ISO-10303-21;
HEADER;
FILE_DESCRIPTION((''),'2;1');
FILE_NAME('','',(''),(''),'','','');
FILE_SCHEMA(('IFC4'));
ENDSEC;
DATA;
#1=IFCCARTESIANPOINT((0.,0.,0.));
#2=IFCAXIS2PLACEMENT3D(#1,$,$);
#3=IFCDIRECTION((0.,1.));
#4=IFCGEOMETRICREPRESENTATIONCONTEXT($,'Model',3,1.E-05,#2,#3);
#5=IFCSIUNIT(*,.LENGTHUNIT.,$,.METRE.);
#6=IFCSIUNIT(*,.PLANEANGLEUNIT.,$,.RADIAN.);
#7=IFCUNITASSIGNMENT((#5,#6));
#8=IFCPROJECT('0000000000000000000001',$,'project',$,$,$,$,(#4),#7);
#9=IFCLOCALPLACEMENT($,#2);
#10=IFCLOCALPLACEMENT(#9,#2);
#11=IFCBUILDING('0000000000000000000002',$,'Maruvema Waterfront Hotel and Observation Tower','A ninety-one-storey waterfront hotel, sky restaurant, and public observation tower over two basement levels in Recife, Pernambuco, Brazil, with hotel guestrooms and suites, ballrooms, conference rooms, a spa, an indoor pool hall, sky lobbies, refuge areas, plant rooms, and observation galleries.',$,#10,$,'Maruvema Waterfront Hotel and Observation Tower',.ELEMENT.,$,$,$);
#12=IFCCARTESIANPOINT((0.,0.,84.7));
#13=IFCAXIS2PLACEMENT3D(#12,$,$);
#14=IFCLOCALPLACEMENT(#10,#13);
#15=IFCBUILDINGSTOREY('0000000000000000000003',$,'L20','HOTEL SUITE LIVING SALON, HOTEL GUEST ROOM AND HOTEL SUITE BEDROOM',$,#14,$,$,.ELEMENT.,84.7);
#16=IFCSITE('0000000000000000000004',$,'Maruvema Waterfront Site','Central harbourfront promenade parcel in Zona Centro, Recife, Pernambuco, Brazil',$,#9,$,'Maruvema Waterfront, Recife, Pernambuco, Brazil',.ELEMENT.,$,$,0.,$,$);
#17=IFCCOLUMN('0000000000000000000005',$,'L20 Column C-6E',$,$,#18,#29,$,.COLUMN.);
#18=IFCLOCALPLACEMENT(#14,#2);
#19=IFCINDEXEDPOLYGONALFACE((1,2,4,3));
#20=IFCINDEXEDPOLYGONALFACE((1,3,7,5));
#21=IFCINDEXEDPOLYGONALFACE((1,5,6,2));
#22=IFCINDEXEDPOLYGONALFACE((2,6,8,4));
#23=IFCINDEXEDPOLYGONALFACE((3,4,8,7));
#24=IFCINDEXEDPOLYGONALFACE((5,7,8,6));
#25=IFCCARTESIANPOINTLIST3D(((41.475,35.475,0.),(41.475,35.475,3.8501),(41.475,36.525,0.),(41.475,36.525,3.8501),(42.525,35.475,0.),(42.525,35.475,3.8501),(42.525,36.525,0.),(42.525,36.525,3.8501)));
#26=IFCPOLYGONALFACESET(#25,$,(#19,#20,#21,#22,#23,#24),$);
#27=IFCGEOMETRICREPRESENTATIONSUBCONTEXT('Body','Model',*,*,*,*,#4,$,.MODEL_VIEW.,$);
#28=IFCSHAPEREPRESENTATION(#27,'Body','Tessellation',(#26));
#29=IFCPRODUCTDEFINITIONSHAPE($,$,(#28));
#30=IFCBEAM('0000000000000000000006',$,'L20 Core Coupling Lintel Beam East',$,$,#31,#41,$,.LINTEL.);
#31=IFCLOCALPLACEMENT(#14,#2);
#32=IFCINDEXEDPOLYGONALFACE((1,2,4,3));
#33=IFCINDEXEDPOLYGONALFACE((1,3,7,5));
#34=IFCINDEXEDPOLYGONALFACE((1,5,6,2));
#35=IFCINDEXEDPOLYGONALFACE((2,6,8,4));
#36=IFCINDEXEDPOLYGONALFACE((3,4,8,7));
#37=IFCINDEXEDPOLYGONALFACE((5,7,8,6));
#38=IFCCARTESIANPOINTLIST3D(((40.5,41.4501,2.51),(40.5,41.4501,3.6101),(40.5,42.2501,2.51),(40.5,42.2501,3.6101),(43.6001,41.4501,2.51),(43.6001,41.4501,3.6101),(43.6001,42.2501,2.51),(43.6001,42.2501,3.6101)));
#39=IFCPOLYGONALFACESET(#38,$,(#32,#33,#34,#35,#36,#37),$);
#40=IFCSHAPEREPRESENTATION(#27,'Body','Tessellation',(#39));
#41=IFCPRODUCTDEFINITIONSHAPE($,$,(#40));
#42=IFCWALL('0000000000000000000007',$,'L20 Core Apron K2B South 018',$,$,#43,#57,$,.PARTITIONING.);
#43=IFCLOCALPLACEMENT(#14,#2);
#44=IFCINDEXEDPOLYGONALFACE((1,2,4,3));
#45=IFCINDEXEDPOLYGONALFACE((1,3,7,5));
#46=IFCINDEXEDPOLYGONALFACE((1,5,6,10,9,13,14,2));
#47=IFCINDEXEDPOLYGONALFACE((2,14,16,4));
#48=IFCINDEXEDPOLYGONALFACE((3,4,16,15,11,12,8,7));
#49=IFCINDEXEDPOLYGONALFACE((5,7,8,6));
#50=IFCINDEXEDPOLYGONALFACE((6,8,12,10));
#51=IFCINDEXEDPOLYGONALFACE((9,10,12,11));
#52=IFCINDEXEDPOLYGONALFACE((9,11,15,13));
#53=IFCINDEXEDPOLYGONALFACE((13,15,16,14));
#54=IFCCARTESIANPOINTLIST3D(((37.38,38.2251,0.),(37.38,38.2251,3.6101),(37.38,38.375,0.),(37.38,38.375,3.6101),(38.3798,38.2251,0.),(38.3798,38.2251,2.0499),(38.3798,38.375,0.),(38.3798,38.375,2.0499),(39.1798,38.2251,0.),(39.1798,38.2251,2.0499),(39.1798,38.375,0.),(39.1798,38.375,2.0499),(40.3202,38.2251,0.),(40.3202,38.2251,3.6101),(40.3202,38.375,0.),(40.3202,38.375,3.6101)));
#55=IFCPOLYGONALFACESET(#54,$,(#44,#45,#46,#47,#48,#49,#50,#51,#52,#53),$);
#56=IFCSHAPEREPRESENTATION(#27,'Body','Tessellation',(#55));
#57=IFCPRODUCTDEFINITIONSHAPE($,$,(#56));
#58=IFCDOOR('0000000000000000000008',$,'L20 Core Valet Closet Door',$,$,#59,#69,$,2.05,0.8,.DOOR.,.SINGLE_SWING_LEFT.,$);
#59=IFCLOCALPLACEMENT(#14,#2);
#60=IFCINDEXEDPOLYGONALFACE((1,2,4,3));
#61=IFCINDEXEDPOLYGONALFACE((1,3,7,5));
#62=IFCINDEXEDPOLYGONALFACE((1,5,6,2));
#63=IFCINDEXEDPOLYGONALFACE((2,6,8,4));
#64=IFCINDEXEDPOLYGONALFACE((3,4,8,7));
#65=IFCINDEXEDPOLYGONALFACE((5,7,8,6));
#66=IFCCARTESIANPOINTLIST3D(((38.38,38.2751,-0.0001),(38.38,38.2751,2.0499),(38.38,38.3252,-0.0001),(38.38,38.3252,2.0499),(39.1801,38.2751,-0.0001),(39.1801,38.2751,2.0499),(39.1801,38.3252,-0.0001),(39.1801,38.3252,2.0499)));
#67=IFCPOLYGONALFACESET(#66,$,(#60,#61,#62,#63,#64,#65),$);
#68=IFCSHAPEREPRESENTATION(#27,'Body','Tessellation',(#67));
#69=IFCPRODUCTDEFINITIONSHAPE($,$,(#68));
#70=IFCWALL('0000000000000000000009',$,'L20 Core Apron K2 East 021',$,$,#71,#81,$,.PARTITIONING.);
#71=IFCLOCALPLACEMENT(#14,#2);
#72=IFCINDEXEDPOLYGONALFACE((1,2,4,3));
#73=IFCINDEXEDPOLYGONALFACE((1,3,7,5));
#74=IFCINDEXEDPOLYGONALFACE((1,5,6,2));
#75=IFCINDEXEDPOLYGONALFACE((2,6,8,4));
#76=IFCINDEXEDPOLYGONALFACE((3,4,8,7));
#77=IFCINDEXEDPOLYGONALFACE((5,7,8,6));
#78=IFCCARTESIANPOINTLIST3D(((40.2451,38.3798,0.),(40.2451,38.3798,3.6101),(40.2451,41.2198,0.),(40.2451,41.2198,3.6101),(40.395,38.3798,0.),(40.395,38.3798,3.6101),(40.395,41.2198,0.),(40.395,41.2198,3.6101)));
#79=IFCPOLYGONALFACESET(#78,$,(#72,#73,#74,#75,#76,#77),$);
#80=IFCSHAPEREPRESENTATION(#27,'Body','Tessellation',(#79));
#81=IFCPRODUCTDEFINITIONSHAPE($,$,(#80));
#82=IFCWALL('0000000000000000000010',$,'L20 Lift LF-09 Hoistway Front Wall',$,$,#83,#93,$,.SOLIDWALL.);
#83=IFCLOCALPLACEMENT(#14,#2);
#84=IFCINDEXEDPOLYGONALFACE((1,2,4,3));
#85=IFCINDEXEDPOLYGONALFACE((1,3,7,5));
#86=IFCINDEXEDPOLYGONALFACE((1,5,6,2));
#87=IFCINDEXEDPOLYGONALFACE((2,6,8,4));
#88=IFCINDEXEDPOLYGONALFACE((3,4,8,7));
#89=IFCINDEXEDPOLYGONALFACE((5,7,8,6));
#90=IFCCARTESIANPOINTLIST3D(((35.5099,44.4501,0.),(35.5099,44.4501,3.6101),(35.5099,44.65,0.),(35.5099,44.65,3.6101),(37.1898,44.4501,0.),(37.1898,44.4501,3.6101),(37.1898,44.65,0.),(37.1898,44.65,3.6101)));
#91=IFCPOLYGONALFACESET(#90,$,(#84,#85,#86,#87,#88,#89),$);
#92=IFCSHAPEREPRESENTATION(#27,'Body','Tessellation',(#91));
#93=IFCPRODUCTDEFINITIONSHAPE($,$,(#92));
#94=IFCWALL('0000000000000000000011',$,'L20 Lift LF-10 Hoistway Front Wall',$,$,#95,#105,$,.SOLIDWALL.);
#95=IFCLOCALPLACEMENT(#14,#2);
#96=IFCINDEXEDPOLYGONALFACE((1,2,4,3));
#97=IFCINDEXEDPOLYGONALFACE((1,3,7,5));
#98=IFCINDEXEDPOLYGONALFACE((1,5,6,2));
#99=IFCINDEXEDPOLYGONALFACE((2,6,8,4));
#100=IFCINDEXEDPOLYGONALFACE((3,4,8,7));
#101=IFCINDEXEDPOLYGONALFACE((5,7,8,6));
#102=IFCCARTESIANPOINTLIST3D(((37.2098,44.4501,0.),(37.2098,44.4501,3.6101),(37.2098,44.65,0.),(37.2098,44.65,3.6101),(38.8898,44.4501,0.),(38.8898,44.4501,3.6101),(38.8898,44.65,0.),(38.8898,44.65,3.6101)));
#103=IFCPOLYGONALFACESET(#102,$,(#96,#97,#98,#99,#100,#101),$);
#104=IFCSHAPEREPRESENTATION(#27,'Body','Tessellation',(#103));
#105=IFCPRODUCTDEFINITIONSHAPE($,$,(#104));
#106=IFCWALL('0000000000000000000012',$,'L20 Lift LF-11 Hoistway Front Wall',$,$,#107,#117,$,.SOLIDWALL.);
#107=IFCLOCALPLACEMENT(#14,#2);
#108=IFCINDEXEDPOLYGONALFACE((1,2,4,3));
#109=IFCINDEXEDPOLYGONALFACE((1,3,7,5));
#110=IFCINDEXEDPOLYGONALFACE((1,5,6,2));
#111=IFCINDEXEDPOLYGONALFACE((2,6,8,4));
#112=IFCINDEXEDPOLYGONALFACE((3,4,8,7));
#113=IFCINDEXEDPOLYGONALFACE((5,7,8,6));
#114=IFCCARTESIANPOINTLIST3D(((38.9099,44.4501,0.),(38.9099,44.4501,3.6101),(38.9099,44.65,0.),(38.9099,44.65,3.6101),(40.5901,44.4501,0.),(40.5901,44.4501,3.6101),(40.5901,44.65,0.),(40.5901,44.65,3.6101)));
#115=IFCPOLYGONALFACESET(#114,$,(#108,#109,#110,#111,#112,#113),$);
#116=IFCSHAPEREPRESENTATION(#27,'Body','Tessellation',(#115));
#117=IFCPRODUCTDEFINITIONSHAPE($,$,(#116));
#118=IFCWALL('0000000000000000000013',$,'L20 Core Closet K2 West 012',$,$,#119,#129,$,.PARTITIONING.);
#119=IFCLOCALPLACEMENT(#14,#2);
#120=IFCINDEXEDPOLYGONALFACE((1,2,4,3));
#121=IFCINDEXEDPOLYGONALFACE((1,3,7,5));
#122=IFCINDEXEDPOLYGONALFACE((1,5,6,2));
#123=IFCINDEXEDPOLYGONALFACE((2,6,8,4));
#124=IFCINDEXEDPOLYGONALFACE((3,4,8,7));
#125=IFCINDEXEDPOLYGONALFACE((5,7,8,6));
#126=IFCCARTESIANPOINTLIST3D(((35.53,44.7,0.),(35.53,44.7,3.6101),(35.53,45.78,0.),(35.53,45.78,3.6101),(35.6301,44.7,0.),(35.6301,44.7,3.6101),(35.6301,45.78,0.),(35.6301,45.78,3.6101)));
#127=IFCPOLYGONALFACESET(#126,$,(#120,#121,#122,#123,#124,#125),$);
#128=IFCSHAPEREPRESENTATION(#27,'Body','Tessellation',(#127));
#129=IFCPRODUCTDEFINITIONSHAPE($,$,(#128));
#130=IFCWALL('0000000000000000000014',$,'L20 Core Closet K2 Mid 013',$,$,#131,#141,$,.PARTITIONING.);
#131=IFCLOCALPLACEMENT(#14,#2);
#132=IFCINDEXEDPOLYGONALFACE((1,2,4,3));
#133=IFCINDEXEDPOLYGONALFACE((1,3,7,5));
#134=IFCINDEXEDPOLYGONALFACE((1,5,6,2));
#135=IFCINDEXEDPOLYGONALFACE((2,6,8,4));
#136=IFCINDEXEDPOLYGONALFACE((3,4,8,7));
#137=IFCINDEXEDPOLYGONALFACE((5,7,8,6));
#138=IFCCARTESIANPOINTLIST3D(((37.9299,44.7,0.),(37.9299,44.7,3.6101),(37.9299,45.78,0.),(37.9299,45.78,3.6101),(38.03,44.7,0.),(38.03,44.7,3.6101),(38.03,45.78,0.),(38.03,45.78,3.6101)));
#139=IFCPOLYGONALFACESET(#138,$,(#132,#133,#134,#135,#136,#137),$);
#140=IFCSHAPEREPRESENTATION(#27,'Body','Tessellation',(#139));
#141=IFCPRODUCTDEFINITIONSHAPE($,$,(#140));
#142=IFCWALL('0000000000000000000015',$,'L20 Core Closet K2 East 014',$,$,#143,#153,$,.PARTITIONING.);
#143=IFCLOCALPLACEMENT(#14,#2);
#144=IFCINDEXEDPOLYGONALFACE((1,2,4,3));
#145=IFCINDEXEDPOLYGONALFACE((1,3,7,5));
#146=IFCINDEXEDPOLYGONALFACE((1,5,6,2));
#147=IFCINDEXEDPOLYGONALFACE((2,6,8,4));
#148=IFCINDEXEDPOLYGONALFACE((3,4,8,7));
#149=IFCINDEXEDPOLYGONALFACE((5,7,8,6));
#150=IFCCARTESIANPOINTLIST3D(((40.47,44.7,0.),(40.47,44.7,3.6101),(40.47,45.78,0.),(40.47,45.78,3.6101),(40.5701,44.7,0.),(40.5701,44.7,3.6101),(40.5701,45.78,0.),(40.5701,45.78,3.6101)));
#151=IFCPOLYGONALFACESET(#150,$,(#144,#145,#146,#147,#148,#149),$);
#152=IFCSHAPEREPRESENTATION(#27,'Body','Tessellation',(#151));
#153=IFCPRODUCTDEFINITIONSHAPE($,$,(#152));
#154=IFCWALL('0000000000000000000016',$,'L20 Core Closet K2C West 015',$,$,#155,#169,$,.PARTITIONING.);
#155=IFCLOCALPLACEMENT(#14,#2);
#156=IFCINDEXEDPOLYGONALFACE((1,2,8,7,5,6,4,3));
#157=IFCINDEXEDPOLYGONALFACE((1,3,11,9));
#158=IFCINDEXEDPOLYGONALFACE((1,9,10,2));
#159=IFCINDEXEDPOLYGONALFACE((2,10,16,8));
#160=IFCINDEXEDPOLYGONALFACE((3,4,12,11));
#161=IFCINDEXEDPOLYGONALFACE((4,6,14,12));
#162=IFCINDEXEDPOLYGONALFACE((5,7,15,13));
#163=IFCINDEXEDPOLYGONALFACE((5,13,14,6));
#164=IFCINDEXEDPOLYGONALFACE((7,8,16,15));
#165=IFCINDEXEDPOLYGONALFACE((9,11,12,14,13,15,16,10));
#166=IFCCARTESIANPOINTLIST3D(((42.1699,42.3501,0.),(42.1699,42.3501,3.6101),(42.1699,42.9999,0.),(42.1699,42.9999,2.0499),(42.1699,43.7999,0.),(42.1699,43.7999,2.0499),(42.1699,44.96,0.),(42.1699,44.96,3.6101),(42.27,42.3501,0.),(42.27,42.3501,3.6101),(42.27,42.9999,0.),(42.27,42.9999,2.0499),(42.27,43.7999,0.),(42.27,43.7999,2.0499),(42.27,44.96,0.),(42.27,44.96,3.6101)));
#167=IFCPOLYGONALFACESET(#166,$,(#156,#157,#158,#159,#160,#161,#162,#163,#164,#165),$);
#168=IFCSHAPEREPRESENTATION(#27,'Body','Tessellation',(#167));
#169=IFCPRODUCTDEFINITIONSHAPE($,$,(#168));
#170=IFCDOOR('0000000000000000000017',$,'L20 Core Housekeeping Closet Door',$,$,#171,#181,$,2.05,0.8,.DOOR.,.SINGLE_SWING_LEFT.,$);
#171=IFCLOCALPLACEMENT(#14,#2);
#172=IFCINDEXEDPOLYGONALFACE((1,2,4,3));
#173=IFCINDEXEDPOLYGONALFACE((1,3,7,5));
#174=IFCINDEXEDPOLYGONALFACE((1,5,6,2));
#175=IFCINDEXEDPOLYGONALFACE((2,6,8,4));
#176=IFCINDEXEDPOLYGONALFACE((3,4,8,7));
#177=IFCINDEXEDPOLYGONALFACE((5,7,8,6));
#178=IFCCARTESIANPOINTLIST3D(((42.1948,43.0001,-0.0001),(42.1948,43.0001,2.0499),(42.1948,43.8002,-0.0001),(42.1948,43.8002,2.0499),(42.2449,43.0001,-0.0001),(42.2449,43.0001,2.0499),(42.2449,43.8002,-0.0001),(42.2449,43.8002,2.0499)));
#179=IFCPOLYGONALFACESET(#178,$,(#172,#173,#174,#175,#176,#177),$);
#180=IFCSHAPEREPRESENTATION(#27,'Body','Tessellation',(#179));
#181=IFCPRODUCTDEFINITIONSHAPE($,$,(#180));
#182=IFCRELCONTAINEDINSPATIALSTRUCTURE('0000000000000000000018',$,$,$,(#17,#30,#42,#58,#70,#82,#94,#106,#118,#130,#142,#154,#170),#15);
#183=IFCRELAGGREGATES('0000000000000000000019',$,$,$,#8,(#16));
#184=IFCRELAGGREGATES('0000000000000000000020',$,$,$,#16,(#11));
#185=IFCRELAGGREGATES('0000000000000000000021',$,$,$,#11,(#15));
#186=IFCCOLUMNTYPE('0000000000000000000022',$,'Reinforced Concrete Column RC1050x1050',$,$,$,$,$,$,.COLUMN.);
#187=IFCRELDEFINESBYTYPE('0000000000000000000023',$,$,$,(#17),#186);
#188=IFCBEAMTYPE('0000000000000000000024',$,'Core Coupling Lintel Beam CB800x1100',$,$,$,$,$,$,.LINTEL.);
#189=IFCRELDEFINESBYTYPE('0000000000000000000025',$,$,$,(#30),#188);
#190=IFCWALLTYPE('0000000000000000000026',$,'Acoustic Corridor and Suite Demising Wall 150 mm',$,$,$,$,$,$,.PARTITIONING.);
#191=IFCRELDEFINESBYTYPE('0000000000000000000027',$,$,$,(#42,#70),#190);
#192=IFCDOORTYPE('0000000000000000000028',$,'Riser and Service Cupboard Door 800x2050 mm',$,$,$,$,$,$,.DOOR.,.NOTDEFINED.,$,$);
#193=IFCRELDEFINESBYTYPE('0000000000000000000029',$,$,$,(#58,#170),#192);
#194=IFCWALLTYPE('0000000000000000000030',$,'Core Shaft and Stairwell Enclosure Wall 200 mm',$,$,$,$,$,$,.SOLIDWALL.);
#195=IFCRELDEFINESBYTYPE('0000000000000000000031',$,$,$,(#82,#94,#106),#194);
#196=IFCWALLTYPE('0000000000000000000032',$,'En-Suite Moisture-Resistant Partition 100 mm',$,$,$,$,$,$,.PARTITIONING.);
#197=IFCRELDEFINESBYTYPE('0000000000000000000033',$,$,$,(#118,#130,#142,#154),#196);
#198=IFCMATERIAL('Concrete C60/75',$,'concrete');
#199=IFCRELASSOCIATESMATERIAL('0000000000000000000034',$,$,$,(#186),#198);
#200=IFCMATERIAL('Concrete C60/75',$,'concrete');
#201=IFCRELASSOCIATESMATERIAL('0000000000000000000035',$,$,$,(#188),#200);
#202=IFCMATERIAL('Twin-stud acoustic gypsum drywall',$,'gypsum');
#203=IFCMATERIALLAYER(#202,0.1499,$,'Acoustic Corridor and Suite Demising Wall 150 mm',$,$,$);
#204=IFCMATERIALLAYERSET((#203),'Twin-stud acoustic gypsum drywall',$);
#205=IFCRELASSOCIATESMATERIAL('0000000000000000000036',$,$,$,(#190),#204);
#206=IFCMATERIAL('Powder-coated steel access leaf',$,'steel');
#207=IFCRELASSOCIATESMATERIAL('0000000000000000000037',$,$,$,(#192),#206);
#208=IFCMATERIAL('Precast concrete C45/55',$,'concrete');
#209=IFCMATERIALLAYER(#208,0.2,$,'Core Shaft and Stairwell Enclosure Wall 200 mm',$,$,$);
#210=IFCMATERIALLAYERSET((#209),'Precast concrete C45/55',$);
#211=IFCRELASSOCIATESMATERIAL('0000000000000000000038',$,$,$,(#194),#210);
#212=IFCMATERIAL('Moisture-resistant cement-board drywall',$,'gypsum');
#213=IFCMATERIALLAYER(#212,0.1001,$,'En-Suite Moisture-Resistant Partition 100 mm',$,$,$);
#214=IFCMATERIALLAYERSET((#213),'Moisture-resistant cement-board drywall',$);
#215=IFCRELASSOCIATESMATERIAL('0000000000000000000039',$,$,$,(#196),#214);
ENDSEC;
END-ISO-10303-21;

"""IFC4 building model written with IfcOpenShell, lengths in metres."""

from ifc_helpers import new_model, si_unit, direction, frame, frame_2d, origin, origin_2d, place, context, subcontext, project, spatial, rectangle, extrude, material, layer, layer_set, material_profile, profile_set, type_object, element, fill, save


model = new_model("IFC4")

# Units and contexts
model_context = context("Model", 3, precision=1e-05, world=origin(), true_north=direction((0.0, 1.0)))
body_context = subcontext(model_context, "Body", "Model", "MODEL_VIEW")
ifc_project = project(units=[si_unit("LENGTHUNIT", "METRE"), si_unit("PLANEANGLEUNIT", "RADIAN")], contexts=[model_context])

# Site, building, storey
site_placement = place(None, origin())
site = spatial("IfcSite", under=ifc_project, at=site_placement, Name="Maruvema Waterfront Site", Description="Central harbourfront promenade parcel in Zona Centro, Recife, Pernambuco, Brazil", LongName="Maruvema Waterfront, Recife, Pernambuco, Brazil", CompositionType="ELEMENT", RefElevation=0.0)
building_placement = place(site_placement, origin())
building = spatial("IfcBuilding", under=site, at=building_placement, Name="Maruvema Waterfront Hotel and Observation Tower", Description="A ninety-one-storey waterfront hotel, sky restaurant, and public observation tower over two basement levels in Recife, Pernambuco, Brazil, with hotel guestrooms and suites, ballrooms, conference rooms, a spa, an indoor pool hall, sky lobbies, refuge areas, plant rooms, and observation galleries.", LongName="Maruvema Waterfront Hotel and Observation Tower", CompositionType="ELEMENT")
storey_placement = place(building_placement, frame((0.0, 0.0, 84.7)))
storey = spatial("IfcBuildingStorey", under=building, at=storey_placement, Name="L20", Description="HOTEL SUITE LIVING SALON, HOTEL GUEST ROOM AND HOTEL SUITE BEDROOM", CompositionType="ELEMENT", Elevation=84.7)

# Column
ifc_material_1 = material(Name="Concrete C60/75", Category="concrete")
ifc_material_profile_1 = material_profile(ifc_material_1, rectangle(XDim=1.05, YDim=1.05, at=origin_2d()), Name="RC1050x1050")
ifc_profile_set_1 = profile_set([ifc_material_profile_1], Name="Concrete C60/75")
column_type = type_object("IfcColumnType", Name="Reinforced Concrete Column RC1050x1050", PredefinedType="COLUMN", material=ifc_profile_set_1)
column_placement = place(storey_placement, frame((42.0, 36.0, 0.0), z_axis=(0.0, 0.0, 1.0), x_axis=(1.0, 0.0, 0.0)))
element("IfcColumn", 1, at=column_placement, inside=storey, type_object=column_type, Name="L20 Column C-6E", PredefinedType="COLUMN", context=body_context, shape_type="SweptSolid", body=[
    extrude(rectangle(XDim=1.05, YDim=1.05, at=origin_2d()), origin(), (0.0, 0.0, 1.0), 3.8501),
])

# Beam
ifc_material_2 = material(Name="Concrete C60/75", Category="concrete")
ifc_material_profile_2 = material_profile(ifc_material_2, rectangle(XDim=0.8, YDim=1.1001, at=origin_2d()), Name="CB800x1100")
ifc_profile_set_2 = profile_set([ifc_material_profile_2], Name="Concrete C60/75")
beam_type = type_object("IfcBeamType", Name="Core Coupling Lintel Beam CB800x1100", PredefinedType="LINTEL", material=ifc_profile_set_2)
beam_placement = place(storey_placement, frame((40.5, 41.8501, 3.0601), z_axis=(1.0, 0.0, 0.0), x_axis=(0.0, 1.0, 0.0)))
element("IfcBeam", 2, at=beam_placement, inside=storey, type_object=beam_type, Name="L20 Core Coupling Lintel Beam East", PredefinedType="LINTEL", context=body_context, shape_type="SweptSolid", body=[
    extrude(rectangle(XDim=0.8, YDim=1.1001, at=origin_2d()), origin(), (0.0, 0.0, 1.0), 3.1001),
])

# Wall, opening, door
ifc_material_3 = material(Name="Twin-stud acoustic gypsum drywall", Category="gypsum")
ifc_layer_1 = layer(ifc_material_3, 0.1499, Name="Acoustic Corridor and Suite Demising Wall 150 mm")
ifc_layer_set_1 = layer_set([ifc_layer_1], Name="Twin-stud acoustic gypsum drywall")
wall_type_1 = type_object("IfcWallType", Name="Acoustic Corridor and Suite Demising Wall 150 mm", PredefinedType="PARTITIONING", material=ifc_layer_set_1)
wall_1_placement = place(storey_placement, frame((37.3799, 38.3, 0.0), z_axis=(0.0, 0.0, 1.0), x_axis=(1.0, 0.0, 0.0)))
wall_1 = element("IfcWall", 3, at=wall_1_placement, inside=storey, type_object=wall_type_1, Name="L20 Core Apron K2B South 018", PredefinedType="PARTITIONING", context=body_context, shape_type="SweptSolid", body=[
    extrude(rectangle(XDim=2.9402, YDim=0.1499, at=frame_2d((1.4702, 0.0))), origin(), (0.0, 0.0, 1.0), 3.6101),
])
opening_1_placement = place(wall_1_placement, frame((1.0, 0.0, 0.0)))
opening_1 = element("IfcOpeningElement", 4, at=opening_1_placement, cuts=wall_1, PredefinedType="OPENING", context=body_context, shape_type="SweptSolid", body=[
    extrude(rectangle(XDim=0.8, YDim=2.05, at=frame_2d((0.3999, 1.0249))), frame((0.0, 0.085, 0.0), z_axis=(0.0, -1.0, 0.0), x_axis=(1.0, 0.0, 0.0)), (0.0, 0.0, 1.0), 0.1699),
])
ifc_material_4 = material(Name="Powder-coated steel access leaf", Category="steel")
door_type = type_object("IfcDoorType", Name="Riser and Service Cupboard Door 800x2050 mm", OperationType="NOTDEFINED", PredefinedType="DOOR", material=ifc_material_4)
door_1_placement = place(opening_1_placement, frame((0.8, 0.0, 0.0), z_axis=(0.0, 0.0, 1.0), x_axis=(-1.0, 0.0, 0.0)))
door_1 = element("IfcDoor", 5, at=door_1_placement, inside=storey, type_object=door_type, Name="L20 Core Valet Closet Door", OperationType="SINGLE_SWING_LEFT", OverallHeight=2.05, OverallWidth=0.8, PredefinedType="DOOR", context=body_context, shape_type="SweptSolid", body=[
    extrude(rectangle(XDim=0.8, YDim=2.05, at=frame_2d((0.3999, 1.0249))), frame((0.0, 0.0249, 0.0), z_axis=(0.0, -1.0, 0.0), x_axis=(1.0, 0.0, 0.0)), (0.0, 0.0, 1.0), 0.05),
])
fill(opening_1, door_1)

# Walls
wall_2_placement = place(storey_placement, frame((40.3201, 38.3799, 0.0), z_axis=(0.0, 0.0, 1.0), x_axis=(0.0, 1.0, 0.0)))
element("IfcWall", 6, at=wall_2_placement, inside=storey, type_object=wall_type_1, Name="L20 Core Apron K2 East 021", PredefinedType="PARTITIONING", context=body_context, shape_type="SweptSolid", body=[
    extrude(rectangle(XDim=2.8401, YDim=0.1499, at=frame_2d((1.4199, 0.0))), origin(), (0.0, 0.0, 1.0), 3.6101),
])
ifc_material_5 = material(Name="Precast concrete C45/55", Category="concrete")
ifc_layer_2 = layer(ifc_material_5, 0.2, Name="Core Shaft and Stairwell Enclosure Wall 200 mm")
ifc_layer_set_2 = layer_set([ifc_layer_2], Name="Precast concrete C45/55")
wall_type_2 = type_object("IfcWallType", Name="Core Shaft and Stairwell Enclosure Wall 200 mm", PredefinedType="SOLIDWALL", material=ifc_layer_set_2)
for number, where, z_axis, x_axis, name in (
    (7, (35.51, 44.55, 0.0), (0.0, 0.0, 1.0), (1.0, 0.0, 0.0), "L20 Lift LF-09 Hoistway Front Wall"),
    (8, (37.21, 44.55, 0.0), (0.0, 0.0, 1.0), (1.0, 0.0, 0.0), "L20 Lift LF-10 Hoistway Front Wall"),
):
    element("IfcWall", number, at=place(storey_placement, frame(where, z_axis=z_axis, x_axis=x_axis)), inside=storey, type_object=wall_type_2, Name=name, PredefinedType="SOLIDWALL", context=body_context, shape_type="SweptSolid", body=[
        extrude(rectangle(XDim=1.6799, YDim=0.2, at=frame_2d((0.8398, 0.0))), origin(), (0.0, 0.0, 1.0), 3.6101),
    ])
wall_3_placement = place(storey_placement, frame((38.9099, 44.55, 0.0), z_axis=(0.0, 0.0, 1.0), x_axis=(1.0, 0.0, 0.0)))
element("IfcWall", 9, at=wall_3_placement, inside=storey, type_object=wall_type_2, Name="L20 Lift LF-11 Hoistway Front Wall", PredefinedType="SOLIDWALL", context=body_context, shape_type="SweptSolid", body=[
    extrude(rectangle(XDim=1.6802, YDim=0.2, at=frame_2d((0.8401, 0.0))), origin(), (0.0, 0.0, 1.0), 3.6101),
])
ifc_material_6 = material(Name="Moisture-resistant cement-board drywall", Category="gypsum")
ifc_layer_3 = layer(ifc_material_6, 0.1001, Name="En-Suite Moisture-Resistant Partition 100 mm")
ifc_layer_set_3 = layer_set([ifc_layer_3], Name="Moisture-resistant cement-board drywall")
wall_type_3 = type_object("IfcWallType", Name="En-Suite Moisture-Resistant Partition 100 mm", PredefinedType="PARTITIONING", material=ifc_layer_set_3)
for number, where, z_axis, x_axis, name in (
    (10, (35.5801, 44.7, 0.0), (0.0, 0.0, 1.0), (0.0, 1.0, 0.0), "L20 Core Closet K2 West 012"),
    (11, (37.98, 44.7, 0.0), (0.0, 0.0, 1.0), (0.0, 1.0, 0.0), "L20 Core Closet K2 Mid 013"),
    (12, (40.52, 44.7, 0.0), (0.0, 0.0, 1.0), (0.0, 1.0, 0.0), "L20 Core Closet K2 East 014"),
):
    element("IfcWall", number, at=place(storey_placement, frame(where, z_axis=z_axis, x_axis=x_axis)), inside=storey, type_object=wall_type_3, Name=name, PredefinedType="PARTITIONING", context=body_context, shape_type="SweptSolid", body=[
        extrude(rectangle(XDim=1.0801, YDim=0.1001, at=frame_2d((0.54, 0.0))), origin(), (0.0, 0.0, 1.0), 3.6101),
    ])

# Wall, opening, door
wall_4_placement = place(storey_placement, frame((42.22, 42.3501, 0.0), z_axis=(0.0, 0.0, 1.0), x_axis=(0.0, 1.0, 0.0)))
wall_4 = element("IfcWall", 13, at=wall_4_placement, inside=storey, type_object=wall_type_3, Name="L20 Core Closet K2C West 015", PredefinedType="PARTITIONING", context=body_context, shape_type="SweptSolid", body=[
    extrude(rectangle(XDim=2.6099, YDim=0.1001, at=frame_2d((1.3049, 0.0))), origin(), (0.0, 0.0, 1.0), 3.6101),
])
opening_2_placement = place(wall_4_placement, frame((0.6499, 0.0, 0.0)))
opening_2 = element("IfcOpeningElement", 14, at=opening_2_placement, cuts=wall_4, PredefinedType="OPENING", context=body_context, shape_type="SweptSolid", body=[
    extrude(rectangle(XDim=0.8, YDim=2.05, at=frame_2d((0.3999, 1.0249))), frame((0.0, 0.0601, 0.0), z_axis=(0.0, -1.0, 0.0), x_axis=(1.0, 0.0, 0.0)), (0.0, 0.0, 1.0), 0.1201),
])
door_2_placement = place(opening_2_placement, frame((0.8, 0.0, 0.0), z_axis=(0.0, 0.0, 1.0), x_axis=(-1.0, 0.0, 0.0)))
door_2 = element("IfcDoor", 15, at=door_2_placement, inside=storey, type_object=door_type, Name="L20 Core Housekeeping Closet Door", OperationType="SINGLE_SWING_LEFT", OverallHeight=2.05, OverallWidth=0.8, PredefinedType="DOOR", context=body_context, shape_type="SweptSolid", body=[
    extrude(rectangle(XDim=0.8, YDim=2.05, at=frame_2d((0.3999, 1.0249))), frame((0.0, 0.0249, 0.0), z_axis=(0.0, -1.0, 0.0), x_axis=(1.0, 0.0, 0.0)), (0.0, 0.0, 1.0), 0.05),
])
fill(opening_2, door_2)

save(model, "model.ifc")
